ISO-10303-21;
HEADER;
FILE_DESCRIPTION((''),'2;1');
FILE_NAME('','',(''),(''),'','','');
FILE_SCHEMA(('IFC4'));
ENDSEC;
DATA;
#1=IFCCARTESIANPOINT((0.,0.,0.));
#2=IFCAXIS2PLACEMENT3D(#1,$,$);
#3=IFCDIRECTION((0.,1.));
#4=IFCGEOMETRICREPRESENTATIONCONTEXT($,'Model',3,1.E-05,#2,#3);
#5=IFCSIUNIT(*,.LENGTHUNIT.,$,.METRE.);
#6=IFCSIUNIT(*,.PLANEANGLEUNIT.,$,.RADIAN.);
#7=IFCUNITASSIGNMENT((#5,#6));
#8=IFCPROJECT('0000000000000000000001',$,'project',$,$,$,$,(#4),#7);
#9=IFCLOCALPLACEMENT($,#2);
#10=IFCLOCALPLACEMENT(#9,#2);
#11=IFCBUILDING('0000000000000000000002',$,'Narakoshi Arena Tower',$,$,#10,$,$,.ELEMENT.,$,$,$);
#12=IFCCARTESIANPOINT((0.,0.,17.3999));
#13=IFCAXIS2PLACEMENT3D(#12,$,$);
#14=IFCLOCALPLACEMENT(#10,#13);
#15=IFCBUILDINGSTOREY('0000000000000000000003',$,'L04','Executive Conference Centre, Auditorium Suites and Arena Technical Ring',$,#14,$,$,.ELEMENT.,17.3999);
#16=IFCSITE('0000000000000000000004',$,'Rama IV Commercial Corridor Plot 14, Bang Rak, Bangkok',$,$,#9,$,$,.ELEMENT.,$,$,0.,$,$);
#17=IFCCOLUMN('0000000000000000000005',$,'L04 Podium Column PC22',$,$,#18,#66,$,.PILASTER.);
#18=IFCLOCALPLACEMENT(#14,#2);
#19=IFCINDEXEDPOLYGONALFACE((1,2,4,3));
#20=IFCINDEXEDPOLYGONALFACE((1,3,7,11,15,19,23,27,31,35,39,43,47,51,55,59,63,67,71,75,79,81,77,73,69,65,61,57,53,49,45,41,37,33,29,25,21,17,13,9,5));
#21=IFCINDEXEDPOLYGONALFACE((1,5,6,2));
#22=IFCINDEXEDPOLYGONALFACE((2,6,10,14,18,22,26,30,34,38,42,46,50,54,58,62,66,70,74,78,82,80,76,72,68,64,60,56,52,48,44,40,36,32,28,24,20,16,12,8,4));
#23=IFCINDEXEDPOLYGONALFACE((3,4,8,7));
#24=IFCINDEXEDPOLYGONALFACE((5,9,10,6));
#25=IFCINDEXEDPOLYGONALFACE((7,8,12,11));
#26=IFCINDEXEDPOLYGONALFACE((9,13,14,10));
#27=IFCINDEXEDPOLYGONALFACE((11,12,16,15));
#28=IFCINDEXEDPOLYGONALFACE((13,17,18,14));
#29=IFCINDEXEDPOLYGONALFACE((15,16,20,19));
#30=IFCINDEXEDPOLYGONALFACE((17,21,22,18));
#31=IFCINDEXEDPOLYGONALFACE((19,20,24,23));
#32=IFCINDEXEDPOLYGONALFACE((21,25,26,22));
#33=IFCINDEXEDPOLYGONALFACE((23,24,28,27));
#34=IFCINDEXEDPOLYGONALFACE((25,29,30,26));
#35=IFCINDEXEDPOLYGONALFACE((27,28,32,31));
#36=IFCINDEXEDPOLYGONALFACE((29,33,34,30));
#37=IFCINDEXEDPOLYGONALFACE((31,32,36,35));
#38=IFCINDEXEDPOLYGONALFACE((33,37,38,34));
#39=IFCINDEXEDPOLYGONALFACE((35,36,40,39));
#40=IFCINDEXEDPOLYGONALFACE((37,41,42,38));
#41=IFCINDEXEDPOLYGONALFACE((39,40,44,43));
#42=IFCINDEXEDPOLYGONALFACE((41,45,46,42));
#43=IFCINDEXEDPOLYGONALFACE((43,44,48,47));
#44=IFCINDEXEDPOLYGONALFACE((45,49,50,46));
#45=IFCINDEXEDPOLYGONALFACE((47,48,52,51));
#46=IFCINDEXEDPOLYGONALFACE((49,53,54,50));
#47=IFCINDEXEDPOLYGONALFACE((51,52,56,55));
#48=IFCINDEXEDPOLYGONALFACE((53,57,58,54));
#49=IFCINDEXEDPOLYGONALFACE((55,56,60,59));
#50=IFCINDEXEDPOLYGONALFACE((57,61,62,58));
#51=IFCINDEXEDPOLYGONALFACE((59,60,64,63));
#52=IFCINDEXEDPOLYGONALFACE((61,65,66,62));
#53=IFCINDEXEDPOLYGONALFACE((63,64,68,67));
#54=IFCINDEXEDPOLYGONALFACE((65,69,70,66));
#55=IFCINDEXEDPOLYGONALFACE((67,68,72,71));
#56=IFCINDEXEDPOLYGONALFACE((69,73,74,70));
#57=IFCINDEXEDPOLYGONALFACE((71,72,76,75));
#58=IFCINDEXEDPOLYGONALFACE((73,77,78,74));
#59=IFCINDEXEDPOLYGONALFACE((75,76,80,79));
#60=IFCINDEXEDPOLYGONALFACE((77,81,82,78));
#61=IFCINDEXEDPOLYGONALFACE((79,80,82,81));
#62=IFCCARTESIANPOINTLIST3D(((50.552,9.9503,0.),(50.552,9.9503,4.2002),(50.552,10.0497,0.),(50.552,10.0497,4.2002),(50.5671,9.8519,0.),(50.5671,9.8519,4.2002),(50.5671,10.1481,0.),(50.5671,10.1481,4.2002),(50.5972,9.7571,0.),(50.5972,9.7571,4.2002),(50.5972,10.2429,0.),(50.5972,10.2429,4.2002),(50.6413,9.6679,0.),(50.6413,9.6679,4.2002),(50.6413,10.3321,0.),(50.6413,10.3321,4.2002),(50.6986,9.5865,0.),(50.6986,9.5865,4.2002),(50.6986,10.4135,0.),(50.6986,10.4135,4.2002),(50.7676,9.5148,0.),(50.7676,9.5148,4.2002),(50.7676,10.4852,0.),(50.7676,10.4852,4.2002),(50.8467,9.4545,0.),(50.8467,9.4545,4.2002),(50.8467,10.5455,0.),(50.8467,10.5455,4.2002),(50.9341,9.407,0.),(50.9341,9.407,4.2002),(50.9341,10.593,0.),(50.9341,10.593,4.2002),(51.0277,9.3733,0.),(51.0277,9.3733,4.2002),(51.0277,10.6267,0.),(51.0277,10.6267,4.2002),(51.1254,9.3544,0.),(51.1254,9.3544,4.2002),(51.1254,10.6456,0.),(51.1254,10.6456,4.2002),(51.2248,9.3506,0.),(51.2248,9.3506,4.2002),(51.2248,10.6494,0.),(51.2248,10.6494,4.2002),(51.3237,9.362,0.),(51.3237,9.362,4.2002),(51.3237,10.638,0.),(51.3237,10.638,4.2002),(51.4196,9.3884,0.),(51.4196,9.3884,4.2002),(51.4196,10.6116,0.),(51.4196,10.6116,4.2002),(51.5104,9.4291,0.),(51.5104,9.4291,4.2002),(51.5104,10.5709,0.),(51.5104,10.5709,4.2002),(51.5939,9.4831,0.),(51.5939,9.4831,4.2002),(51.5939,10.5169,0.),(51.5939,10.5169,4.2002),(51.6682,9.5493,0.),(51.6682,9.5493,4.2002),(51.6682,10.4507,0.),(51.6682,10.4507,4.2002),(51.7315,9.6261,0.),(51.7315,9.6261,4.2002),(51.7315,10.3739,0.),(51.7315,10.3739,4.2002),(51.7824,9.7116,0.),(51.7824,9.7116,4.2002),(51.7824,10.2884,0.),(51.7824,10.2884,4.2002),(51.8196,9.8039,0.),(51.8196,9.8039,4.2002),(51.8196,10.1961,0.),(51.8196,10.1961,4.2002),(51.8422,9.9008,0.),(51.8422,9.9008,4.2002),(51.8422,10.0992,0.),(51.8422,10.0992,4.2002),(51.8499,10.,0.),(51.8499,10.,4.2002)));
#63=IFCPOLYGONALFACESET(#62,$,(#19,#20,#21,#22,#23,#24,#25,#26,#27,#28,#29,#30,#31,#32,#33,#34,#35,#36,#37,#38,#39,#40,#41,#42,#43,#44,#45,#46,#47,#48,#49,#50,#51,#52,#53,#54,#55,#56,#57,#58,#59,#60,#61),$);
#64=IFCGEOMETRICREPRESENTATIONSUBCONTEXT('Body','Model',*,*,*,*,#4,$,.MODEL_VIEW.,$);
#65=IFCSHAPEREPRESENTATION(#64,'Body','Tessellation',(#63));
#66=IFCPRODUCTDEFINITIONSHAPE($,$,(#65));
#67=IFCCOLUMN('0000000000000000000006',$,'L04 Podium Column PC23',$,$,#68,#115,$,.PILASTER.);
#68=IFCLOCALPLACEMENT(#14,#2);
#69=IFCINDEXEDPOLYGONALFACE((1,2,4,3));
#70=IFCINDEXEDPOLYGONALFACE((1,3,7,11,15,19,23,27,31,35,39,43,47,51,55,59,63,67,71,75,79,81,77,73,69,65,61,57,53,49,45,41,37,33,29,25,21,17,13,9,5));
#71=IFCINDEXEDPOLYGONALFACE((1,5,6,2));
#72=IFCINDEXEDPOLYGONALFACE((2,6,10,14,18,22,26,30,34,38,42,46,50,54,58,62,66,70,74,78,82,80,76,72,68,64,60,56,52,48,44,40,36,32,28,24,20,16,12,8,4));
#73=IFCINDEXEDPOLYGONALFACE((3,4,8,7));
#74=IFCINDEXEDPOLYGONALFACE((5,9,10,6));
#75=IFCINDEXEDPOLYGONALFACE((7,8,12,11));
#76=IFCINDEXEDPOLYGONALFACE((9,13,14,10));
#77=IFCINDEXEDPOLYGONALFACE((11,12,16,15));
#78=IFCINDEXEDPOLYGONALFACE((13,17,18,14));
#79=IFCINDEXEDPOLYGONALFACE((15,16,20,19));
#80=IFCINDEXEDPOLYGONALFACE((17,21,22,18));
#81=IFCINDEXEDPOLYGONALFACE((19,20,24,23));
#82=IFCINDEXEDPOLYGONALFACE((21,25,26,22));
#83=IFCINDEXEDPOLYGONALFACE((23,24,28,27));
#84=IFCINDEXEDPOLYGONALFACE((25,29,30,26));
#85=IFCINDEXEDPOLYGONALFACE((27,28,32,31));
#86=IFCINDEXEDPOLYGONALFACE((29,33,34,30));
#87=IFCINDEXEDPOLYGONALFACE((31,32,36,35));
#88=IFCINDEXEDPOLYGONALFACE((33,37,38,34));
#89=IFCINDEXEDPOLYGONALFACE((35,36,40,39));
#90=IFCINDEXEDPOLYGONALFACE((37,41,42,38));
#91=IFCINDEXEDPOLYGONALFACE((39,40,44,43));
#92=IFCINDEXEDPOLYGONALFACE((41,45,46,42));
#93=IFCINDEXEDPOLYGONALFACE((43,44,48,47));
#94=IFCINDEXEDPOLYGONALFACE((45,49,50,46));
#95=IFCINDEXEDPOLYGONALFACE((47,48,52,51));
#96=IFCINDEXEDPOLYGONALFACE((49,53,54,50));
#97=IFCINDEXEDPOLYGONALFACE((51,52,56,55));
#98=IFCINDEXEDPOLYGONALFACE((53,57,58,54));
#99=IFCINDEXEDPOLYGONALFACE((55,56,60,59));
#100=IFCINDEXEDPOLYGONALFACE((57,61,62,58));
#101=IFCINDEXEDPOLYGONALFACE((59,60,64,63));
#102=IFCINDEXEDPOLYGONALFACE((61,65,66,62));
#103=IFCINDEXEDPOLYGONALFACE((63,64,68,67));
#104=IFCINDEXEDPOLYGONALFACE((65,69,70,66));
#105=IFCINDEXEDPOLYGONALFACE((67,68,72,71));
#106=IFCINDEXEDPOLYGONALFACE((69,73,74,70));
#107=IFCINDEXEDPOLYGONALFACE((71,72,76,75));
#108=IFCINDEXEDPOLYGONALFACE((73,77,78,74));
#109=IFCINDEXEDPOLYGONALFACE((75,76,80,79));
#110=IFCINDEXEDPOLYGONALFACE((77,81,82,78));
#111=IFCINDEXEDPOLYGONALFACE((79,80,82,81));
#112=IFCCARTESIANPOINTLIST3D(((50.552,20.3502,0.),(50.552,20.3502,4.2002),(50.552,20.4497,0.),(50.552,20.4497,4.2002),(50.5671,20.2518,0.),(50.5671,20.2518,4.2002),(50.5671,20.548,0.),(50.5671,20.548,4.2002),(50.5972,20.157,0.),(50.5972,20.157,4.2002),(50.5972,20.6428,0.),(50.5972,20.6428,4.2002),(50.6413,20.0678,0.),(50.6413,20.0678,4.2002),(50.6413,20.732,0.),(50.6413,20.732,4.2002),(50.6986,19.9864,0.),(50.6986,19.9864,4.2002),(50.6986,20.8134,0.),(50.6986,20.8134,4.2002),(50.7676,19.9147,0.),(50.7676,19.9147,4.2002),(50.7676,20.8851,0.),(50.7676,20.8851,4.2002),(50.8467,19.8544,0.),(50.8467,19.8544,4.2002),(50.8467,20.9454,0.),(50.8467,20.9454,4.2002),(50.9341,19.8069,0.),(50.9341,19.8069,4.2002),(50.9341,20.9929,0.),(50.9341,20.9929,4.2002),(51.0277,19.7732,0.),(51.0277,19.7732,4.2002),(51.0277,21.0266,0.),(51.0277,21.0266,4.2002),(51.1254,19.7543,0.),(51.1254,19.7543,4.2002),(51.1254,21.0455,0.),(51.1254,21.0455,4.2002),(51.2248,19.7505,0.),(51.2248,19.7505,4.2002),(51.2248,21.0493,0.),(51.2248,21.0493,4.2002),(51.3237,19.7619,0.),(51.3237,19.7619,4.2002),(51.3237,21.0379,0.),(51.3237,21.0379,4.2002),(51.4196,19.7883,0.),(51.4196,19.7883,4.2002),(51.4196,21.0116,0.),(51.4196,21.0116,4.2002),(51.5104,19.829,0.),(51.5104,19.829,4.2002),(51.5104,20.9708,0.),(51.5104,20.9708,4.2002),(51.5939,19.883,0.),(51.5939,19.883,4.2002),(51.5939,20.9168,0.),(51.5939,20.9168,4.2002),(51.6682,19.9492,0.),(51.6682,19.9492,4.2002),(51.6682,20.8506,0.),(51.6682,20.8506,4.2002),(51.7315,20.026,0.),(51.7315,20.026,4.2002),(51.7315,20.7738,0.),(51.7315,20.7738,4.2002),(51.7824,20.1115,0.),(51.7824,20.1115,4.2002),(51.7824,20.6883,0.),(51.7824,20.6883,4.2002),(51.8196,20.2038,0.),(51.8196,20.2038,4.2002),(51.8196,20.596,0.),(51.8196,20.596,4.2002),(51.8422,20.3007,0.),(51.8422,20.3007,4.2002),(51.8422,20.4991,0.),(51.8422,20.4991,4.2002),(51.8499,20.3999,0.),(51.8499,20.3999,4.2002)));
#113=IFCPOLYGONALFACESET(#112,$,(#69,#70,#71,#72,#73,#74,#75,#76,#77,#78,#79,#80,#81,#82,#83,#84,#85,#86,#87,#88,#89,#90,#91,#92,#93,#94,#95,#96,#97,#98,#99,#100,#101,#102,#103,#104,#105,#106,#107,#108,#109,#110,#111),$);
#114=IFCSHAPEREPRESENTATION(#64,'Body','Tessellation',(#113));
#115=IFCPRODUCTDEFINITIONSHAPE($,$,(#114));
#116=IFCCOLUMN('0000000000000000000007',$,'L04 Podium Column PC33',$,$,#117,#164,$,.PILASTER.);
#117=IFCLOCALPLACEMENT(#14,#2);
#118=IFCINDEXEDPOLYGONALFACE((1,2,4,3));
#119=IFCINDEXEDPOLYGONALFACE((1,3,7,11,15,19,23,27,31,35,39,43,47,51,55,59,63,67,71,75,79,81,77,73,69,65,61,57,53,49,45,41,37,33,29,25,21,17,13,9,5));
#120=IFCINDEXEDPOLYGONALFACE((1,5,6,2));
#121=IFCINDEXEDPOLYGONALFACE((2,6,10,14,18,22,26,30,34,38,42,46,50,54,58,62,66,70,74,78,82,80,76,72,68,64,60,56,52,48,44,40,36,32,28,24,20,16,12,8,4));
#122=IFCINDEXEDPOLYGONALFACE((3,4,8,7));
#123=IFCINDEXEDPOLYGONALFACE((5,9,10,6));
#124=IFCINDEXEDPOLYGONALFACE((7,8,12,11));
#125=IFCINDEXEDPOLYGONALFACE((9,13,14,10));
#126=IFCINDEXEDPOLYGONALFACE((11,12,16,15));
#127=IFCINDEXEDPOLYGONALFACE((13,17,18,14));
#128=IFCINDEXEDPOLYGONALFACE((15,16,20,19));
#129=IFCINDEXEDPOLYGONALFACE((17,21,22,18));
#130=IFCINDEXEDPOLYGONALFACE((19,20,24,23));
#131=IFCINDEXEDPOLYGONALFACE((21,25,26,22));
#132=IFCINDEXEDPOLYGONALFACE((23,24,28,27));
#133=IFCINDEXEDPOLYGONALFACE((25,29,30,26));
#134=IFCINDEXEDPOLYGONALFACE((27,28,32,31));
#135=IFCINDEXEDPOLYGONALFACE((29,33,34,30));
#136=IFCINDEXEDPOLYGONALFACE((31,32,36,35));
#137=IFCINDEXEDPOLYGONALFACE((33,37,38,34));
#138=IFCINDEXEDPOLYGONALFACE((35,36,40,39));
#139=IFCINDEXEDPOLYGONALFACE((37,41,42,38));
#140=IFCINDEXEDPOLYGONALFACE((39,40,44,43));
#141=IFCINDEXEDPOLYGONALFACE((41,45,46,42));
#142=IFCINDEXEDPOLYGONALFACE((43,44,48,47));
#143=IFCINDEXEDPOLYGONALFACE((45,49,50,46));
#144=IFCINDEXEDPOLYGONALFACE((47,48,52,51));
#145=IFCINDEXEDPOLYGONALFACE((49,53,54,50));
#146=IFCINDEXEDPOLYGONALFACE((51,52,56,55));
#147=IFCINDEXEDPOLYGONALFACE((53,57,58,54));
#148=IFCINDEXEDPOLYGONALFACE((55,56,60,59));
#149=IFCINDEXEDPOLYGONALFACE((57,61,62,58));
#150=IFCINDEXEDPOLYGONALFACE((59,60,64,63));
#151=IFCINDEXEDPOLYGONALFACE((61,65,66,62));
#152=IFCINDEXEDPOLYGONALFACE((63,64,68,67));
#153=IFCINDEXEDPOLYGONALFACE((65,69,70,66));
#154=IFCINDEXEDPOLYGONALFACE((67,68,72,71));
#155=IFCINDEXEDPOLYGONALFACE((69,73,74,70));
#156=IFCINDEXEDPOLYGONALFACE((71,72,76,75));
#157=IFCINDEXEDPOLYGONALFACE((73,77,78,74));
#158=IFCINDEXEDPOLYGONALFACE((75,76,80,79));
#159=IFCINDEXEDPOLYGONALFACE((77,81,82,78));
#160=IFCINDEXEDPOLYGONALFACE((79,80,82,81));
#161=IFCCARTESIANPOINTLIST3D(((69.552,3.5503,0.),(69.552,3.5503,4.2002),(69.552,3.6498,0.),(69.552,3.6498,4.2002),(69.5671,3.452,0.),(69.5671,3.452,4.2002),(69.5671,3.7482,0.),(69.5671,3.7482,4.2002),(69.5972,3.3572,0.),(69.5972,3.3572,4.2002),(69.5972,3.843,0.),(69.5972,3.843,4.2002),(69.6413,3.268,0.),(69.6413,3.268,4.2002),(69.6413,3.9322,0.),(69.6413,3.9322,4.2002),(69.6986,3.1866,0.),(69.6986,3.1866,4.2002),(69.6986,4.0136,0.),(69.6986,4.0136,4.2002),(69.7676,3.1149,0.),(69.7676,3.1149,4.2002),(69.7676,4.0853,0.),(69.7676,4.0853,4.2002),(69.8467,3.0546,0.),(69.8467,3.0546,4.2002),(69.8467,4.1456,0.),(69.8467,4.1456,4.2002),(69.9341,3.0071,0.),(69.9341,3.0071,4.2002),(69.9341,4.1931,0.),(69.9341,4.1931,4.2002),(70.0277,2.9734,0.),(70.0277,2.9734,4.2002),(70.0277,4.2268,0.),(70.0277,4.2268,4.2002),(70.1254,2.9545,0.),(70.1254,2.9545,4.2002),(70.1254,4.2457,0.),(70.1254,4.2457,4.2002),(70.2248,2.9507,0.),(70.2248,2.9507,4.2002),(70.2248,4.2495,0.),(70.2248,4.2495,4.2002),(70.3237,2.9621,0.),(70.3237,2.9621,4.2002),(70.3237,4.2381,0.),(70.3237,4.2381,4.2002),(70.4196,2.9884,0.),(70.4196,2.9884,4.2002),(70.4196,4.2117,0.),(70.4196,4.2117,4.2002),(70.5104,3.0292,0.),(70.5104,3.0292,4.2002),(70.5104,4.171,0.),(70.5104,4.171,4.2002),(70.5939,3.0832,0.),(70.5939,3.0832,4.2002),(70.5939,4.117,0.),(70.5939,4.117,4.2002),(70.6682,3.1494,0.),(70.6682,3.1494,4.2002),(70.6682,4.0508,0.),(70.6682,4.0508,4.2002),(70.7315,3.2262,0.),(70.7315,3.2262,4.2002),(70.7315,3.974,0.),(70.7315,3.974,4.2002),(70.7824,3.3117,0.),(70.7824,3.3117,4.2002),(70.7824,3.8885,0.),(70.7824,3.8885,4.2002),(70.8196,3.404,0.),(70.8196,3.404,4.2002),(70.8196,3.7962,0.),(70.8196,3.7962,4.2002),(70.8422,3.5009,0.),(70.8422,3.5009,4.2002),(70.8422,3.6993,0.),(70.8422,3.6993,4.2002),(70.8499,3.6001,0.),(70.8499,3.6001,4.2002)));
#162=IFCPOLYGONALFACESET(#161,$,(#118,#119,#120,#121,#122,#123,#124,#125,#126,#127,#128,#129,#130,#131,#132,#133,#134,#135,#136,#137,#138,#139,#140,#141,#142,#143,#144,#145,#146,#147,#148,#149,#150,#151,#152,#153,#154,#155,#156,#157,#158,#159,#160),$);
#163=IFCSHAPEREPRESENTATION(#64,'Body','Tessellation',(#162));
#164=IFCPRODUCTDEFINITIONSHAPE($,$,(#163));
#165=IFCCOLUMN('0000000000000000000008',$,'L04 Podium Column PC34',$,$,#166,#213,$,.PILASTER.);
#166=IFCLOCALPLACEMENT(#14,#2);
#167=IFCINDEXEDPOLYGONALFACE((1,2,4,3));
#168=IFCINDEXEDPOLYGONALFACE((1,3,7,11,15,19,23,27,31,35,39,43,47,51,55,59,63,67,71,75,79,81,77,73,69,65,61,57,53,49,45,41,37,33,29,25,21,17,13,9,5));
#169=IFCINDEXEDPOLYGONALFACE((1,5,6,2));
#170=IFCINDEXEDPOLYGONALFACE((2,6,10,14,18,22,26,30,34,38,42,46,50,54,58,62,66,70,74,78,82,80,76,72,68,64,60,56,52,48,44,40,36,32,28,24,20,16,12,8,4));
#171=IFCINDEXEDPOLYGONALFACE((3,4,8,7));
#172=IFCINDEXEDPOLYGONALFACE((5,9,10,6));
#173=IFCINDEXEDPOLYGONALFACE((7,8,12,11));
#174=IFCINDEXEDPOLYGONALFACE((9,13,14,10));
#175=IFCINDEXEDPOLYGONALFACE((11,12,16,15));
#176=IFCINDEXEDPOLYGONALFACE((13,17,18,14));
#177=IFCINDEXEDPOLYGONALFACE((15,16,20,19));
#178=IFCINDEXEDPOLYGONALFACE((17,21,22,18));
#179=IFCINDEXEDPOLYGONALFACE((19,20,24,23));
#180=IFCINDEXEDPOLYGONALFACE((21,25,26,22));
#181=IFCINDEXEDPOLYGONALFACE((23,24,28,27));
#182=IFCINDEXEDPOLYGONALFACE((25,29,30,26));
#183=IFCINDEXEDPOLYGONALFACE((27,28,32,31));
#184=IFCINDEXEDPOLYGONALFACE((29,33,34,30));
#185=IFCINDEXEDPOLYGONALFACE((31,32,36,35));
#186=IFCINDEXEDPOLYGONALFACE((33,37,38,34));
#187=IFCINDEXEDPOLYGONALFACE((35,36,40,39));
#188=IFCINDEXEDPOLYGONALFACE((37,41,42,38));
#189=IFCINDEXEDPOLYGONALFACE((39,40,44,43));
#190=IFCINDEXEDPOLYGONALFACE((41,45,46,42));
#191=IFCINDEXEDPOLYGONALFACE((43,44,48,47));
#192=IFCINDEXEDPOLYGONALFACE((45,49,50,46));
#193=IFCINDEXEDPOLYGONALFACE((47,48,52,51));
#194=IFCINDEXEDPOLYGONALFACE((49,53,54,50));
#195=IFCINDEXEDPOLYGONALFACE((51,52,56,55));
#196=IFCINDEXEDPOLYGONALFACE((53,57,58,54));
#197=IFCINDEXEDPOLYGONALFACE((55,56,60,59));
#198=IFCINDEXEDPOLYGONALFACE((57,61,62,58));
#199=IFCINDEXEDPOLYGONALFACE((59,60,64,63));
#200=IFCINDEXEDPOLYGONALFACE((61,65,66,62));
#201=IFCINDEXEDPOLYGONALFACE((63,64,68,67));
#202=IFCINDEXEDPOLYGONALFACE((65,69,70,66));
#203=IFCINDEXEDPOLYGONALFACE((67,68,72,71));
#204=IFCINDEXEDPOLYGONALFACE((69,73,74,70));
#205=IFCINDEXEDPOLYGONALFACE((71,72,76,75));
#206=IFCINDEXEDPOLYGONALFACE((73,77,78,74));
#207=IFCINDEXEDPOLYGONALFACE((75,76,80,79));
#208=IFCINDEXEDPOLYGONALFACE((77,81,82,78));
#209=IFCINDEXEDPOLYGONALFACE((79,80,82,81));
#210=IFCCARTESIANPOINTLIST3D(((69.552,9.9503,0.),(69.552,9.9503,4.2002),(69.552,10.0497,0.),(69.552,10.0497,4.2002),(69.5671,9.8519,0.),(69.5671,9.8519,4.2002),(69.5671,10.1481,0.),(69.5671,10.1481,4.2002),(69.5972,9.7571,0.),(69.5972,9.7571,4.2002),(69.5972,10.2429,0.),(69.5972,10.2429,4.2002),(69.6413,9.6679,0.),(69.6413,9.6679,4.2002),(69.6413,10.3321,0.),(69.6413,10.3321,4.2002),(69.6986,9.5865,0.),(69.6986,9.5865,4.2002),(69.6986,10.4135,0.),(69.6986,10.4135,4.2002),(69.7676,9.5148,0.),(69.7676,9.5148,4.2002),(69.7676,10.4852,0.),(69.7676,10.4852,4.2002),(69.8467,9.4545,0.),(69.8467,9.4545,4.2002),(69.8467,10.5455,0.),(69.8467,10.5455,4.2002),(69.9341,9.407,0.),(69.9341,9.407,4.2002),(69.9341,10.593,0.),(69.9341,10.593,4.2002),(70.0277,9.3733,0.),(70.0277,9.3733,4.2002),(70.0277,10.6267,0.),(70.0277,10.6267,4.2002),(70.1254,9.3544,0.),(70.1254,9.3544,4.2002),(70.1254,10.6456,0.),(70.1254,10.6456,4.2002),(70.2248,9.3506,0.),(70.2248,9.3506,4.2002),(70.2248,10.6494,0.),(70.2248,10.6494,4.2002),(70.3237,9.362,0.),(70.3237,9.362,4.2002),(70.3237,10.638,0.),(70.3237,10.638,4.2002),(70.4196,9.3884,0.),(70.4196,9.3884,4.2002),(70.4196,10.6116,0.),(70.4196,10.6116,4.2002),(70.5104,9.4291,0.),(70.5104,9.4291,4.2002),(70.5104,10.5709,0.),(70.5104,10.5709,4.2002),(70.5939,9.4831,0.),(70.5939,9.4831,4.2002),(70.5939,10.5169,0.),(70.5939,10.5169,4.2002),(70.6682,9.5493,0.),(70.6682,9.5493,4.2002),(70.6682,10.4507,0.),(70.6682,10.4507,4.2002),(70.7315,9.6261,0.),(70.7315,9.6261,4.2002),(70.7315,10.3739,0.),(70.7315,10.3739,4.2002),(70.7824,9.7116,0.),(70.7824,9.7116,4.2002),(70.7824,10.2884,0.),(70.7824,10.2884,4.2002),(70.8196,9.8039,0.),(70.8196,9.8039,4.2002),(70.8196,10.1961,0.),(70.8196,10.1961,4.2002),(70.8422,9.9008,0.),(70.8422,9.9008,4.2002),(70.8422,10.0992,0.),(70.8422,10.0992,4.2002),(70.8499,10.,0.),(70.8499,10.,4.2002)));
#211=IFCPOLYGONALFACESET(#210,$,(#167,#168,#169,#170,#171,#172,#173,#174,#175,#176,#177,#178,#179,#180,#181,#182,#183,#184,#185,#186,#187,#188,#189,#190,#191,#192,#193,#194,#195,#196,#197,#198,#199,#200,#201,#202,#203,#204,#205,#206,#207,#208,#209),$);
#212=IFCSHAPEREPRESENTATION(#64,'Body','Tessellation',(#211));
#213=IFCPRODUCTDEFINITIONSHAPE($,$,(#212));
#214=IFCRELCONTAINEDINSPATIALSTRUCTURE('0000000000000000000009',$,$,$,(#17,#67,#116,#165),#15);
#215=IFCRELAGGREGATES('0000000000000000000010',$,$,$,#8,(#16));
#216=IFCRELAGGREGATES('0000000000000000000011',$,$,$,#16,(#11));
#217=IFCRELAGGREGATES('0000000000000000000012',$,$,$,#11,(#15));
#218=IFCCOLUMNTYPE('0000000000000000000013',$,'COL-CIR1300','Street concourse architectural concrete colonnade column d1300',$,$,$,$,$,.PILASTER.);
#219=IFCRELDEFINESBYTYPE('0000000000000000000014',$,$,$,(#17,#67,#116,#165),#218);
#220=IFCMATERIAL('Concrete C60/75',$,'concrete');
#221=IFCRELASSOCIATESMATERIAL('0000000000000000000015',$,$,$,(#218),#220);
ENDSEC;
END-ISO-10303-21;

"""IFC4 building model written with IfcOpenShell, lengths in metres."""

from ifc_helpers import new_model, si_unit, direction, frame, origin, origin_2d, place, context, subcontext, project, spatial, circle, extrude, material, material_profile, profile_set, type_object, element, save


model = new_model("IFC4")

# Units and contexts
model_context = context("Model", 3, precision=1e-05, world=origin(), true_north=direction((0.0, 1.0)))
body_context = subcontext(model_context, "Body", "Model", "MODEL_VIEW")
ifc_project = project(units=[si_unit("LENGTHUNIT", "METRE"), si_unit("PLANEANGLEUNIT", "RADIAN")], contexts=[model_context])

# Site, building, storey
site_placement = place(None, origin())
site = spatial("IfcSite", under=ifc_project, at=site_placement, Name="Rama IV Commercial Corridor Plot 14, Bang Rak, Bangkok", CompositionType="ELEMENT", RefElevation=0.0)
building_placement = place(site_placement, origin())
building = spatial("IfcBuilding", under=site, at=building_placement, Name="Narakoshi Arena Tower", CompositionType="ELEMENT")
storey_placement = place(building_placement, frame((0.0, 0.0, 17.3999)))
storey = spatial("IfcBuildingStorey", under=building, at=storey_placement, Name="L04", Description="Executive Conference Centre, Auditorium Suites and Arena Technical Ring", CompositionType="ELEMENT", Elevation=17.3999)

# Columns
ifc_material_1 = material(Name="Concrete C60/75", Category="concrete")
ifc_material_profile_1 = material_profile(ifc_material_1, circle(Radius=0.6499, at=origin_2d()), Name="RCC1300")
ifc_profile_set_1 = profile_set([ifc_material_profile_1], Name="Concrete C60/75")
column_type_1 = type_object("IfcColumnType", Name="COL-CIR1300", Description="Street concourse architectural concrete colonnade column d1300", PredefinedType="PILASTER", material=ifc_profile_set_1)
for number, where, z_axis, x_axis, name in (
    (1, (51.2, 10.0, 0.0), (0.0, 0.0, 1.0), (1.0, 0.0, 0.0), "L04 Podium Column PC22"),
    (2, (51.2, 20.3999, 0.0), (0.0, 0.0, 1.0), (1.0, 0.0, 0.0), "L04 Podium Column PC23"),
    (3, (70.2, 3.6001, 0.0), (0.0, 0.0, 1.0), (1.0, 0.0, 0.0), "L04 Podium Column PC33"),
    (4, (70.2, 10.0, 0.0), (0.0, 0.0, 1.0), (1.0, 0.0, 0.0), "L04 Podium Column PC34"),
):
    element("IfcColumn", number, at=place(storey_placement, frame(where, z_axis=z_axis, x_axis=x_axis)), inside=storey, type_object=column_type_1, Name=name, PredefinedType="PILASTER", context=body_context, shape_type="SweptSolid", body=[
        extrude(circle(Radius=0.6499, at=origin_2d()), origin(), (0.0, 0.0, 1.0), 4.2002),
    ])

save(model, "model.ifc")
